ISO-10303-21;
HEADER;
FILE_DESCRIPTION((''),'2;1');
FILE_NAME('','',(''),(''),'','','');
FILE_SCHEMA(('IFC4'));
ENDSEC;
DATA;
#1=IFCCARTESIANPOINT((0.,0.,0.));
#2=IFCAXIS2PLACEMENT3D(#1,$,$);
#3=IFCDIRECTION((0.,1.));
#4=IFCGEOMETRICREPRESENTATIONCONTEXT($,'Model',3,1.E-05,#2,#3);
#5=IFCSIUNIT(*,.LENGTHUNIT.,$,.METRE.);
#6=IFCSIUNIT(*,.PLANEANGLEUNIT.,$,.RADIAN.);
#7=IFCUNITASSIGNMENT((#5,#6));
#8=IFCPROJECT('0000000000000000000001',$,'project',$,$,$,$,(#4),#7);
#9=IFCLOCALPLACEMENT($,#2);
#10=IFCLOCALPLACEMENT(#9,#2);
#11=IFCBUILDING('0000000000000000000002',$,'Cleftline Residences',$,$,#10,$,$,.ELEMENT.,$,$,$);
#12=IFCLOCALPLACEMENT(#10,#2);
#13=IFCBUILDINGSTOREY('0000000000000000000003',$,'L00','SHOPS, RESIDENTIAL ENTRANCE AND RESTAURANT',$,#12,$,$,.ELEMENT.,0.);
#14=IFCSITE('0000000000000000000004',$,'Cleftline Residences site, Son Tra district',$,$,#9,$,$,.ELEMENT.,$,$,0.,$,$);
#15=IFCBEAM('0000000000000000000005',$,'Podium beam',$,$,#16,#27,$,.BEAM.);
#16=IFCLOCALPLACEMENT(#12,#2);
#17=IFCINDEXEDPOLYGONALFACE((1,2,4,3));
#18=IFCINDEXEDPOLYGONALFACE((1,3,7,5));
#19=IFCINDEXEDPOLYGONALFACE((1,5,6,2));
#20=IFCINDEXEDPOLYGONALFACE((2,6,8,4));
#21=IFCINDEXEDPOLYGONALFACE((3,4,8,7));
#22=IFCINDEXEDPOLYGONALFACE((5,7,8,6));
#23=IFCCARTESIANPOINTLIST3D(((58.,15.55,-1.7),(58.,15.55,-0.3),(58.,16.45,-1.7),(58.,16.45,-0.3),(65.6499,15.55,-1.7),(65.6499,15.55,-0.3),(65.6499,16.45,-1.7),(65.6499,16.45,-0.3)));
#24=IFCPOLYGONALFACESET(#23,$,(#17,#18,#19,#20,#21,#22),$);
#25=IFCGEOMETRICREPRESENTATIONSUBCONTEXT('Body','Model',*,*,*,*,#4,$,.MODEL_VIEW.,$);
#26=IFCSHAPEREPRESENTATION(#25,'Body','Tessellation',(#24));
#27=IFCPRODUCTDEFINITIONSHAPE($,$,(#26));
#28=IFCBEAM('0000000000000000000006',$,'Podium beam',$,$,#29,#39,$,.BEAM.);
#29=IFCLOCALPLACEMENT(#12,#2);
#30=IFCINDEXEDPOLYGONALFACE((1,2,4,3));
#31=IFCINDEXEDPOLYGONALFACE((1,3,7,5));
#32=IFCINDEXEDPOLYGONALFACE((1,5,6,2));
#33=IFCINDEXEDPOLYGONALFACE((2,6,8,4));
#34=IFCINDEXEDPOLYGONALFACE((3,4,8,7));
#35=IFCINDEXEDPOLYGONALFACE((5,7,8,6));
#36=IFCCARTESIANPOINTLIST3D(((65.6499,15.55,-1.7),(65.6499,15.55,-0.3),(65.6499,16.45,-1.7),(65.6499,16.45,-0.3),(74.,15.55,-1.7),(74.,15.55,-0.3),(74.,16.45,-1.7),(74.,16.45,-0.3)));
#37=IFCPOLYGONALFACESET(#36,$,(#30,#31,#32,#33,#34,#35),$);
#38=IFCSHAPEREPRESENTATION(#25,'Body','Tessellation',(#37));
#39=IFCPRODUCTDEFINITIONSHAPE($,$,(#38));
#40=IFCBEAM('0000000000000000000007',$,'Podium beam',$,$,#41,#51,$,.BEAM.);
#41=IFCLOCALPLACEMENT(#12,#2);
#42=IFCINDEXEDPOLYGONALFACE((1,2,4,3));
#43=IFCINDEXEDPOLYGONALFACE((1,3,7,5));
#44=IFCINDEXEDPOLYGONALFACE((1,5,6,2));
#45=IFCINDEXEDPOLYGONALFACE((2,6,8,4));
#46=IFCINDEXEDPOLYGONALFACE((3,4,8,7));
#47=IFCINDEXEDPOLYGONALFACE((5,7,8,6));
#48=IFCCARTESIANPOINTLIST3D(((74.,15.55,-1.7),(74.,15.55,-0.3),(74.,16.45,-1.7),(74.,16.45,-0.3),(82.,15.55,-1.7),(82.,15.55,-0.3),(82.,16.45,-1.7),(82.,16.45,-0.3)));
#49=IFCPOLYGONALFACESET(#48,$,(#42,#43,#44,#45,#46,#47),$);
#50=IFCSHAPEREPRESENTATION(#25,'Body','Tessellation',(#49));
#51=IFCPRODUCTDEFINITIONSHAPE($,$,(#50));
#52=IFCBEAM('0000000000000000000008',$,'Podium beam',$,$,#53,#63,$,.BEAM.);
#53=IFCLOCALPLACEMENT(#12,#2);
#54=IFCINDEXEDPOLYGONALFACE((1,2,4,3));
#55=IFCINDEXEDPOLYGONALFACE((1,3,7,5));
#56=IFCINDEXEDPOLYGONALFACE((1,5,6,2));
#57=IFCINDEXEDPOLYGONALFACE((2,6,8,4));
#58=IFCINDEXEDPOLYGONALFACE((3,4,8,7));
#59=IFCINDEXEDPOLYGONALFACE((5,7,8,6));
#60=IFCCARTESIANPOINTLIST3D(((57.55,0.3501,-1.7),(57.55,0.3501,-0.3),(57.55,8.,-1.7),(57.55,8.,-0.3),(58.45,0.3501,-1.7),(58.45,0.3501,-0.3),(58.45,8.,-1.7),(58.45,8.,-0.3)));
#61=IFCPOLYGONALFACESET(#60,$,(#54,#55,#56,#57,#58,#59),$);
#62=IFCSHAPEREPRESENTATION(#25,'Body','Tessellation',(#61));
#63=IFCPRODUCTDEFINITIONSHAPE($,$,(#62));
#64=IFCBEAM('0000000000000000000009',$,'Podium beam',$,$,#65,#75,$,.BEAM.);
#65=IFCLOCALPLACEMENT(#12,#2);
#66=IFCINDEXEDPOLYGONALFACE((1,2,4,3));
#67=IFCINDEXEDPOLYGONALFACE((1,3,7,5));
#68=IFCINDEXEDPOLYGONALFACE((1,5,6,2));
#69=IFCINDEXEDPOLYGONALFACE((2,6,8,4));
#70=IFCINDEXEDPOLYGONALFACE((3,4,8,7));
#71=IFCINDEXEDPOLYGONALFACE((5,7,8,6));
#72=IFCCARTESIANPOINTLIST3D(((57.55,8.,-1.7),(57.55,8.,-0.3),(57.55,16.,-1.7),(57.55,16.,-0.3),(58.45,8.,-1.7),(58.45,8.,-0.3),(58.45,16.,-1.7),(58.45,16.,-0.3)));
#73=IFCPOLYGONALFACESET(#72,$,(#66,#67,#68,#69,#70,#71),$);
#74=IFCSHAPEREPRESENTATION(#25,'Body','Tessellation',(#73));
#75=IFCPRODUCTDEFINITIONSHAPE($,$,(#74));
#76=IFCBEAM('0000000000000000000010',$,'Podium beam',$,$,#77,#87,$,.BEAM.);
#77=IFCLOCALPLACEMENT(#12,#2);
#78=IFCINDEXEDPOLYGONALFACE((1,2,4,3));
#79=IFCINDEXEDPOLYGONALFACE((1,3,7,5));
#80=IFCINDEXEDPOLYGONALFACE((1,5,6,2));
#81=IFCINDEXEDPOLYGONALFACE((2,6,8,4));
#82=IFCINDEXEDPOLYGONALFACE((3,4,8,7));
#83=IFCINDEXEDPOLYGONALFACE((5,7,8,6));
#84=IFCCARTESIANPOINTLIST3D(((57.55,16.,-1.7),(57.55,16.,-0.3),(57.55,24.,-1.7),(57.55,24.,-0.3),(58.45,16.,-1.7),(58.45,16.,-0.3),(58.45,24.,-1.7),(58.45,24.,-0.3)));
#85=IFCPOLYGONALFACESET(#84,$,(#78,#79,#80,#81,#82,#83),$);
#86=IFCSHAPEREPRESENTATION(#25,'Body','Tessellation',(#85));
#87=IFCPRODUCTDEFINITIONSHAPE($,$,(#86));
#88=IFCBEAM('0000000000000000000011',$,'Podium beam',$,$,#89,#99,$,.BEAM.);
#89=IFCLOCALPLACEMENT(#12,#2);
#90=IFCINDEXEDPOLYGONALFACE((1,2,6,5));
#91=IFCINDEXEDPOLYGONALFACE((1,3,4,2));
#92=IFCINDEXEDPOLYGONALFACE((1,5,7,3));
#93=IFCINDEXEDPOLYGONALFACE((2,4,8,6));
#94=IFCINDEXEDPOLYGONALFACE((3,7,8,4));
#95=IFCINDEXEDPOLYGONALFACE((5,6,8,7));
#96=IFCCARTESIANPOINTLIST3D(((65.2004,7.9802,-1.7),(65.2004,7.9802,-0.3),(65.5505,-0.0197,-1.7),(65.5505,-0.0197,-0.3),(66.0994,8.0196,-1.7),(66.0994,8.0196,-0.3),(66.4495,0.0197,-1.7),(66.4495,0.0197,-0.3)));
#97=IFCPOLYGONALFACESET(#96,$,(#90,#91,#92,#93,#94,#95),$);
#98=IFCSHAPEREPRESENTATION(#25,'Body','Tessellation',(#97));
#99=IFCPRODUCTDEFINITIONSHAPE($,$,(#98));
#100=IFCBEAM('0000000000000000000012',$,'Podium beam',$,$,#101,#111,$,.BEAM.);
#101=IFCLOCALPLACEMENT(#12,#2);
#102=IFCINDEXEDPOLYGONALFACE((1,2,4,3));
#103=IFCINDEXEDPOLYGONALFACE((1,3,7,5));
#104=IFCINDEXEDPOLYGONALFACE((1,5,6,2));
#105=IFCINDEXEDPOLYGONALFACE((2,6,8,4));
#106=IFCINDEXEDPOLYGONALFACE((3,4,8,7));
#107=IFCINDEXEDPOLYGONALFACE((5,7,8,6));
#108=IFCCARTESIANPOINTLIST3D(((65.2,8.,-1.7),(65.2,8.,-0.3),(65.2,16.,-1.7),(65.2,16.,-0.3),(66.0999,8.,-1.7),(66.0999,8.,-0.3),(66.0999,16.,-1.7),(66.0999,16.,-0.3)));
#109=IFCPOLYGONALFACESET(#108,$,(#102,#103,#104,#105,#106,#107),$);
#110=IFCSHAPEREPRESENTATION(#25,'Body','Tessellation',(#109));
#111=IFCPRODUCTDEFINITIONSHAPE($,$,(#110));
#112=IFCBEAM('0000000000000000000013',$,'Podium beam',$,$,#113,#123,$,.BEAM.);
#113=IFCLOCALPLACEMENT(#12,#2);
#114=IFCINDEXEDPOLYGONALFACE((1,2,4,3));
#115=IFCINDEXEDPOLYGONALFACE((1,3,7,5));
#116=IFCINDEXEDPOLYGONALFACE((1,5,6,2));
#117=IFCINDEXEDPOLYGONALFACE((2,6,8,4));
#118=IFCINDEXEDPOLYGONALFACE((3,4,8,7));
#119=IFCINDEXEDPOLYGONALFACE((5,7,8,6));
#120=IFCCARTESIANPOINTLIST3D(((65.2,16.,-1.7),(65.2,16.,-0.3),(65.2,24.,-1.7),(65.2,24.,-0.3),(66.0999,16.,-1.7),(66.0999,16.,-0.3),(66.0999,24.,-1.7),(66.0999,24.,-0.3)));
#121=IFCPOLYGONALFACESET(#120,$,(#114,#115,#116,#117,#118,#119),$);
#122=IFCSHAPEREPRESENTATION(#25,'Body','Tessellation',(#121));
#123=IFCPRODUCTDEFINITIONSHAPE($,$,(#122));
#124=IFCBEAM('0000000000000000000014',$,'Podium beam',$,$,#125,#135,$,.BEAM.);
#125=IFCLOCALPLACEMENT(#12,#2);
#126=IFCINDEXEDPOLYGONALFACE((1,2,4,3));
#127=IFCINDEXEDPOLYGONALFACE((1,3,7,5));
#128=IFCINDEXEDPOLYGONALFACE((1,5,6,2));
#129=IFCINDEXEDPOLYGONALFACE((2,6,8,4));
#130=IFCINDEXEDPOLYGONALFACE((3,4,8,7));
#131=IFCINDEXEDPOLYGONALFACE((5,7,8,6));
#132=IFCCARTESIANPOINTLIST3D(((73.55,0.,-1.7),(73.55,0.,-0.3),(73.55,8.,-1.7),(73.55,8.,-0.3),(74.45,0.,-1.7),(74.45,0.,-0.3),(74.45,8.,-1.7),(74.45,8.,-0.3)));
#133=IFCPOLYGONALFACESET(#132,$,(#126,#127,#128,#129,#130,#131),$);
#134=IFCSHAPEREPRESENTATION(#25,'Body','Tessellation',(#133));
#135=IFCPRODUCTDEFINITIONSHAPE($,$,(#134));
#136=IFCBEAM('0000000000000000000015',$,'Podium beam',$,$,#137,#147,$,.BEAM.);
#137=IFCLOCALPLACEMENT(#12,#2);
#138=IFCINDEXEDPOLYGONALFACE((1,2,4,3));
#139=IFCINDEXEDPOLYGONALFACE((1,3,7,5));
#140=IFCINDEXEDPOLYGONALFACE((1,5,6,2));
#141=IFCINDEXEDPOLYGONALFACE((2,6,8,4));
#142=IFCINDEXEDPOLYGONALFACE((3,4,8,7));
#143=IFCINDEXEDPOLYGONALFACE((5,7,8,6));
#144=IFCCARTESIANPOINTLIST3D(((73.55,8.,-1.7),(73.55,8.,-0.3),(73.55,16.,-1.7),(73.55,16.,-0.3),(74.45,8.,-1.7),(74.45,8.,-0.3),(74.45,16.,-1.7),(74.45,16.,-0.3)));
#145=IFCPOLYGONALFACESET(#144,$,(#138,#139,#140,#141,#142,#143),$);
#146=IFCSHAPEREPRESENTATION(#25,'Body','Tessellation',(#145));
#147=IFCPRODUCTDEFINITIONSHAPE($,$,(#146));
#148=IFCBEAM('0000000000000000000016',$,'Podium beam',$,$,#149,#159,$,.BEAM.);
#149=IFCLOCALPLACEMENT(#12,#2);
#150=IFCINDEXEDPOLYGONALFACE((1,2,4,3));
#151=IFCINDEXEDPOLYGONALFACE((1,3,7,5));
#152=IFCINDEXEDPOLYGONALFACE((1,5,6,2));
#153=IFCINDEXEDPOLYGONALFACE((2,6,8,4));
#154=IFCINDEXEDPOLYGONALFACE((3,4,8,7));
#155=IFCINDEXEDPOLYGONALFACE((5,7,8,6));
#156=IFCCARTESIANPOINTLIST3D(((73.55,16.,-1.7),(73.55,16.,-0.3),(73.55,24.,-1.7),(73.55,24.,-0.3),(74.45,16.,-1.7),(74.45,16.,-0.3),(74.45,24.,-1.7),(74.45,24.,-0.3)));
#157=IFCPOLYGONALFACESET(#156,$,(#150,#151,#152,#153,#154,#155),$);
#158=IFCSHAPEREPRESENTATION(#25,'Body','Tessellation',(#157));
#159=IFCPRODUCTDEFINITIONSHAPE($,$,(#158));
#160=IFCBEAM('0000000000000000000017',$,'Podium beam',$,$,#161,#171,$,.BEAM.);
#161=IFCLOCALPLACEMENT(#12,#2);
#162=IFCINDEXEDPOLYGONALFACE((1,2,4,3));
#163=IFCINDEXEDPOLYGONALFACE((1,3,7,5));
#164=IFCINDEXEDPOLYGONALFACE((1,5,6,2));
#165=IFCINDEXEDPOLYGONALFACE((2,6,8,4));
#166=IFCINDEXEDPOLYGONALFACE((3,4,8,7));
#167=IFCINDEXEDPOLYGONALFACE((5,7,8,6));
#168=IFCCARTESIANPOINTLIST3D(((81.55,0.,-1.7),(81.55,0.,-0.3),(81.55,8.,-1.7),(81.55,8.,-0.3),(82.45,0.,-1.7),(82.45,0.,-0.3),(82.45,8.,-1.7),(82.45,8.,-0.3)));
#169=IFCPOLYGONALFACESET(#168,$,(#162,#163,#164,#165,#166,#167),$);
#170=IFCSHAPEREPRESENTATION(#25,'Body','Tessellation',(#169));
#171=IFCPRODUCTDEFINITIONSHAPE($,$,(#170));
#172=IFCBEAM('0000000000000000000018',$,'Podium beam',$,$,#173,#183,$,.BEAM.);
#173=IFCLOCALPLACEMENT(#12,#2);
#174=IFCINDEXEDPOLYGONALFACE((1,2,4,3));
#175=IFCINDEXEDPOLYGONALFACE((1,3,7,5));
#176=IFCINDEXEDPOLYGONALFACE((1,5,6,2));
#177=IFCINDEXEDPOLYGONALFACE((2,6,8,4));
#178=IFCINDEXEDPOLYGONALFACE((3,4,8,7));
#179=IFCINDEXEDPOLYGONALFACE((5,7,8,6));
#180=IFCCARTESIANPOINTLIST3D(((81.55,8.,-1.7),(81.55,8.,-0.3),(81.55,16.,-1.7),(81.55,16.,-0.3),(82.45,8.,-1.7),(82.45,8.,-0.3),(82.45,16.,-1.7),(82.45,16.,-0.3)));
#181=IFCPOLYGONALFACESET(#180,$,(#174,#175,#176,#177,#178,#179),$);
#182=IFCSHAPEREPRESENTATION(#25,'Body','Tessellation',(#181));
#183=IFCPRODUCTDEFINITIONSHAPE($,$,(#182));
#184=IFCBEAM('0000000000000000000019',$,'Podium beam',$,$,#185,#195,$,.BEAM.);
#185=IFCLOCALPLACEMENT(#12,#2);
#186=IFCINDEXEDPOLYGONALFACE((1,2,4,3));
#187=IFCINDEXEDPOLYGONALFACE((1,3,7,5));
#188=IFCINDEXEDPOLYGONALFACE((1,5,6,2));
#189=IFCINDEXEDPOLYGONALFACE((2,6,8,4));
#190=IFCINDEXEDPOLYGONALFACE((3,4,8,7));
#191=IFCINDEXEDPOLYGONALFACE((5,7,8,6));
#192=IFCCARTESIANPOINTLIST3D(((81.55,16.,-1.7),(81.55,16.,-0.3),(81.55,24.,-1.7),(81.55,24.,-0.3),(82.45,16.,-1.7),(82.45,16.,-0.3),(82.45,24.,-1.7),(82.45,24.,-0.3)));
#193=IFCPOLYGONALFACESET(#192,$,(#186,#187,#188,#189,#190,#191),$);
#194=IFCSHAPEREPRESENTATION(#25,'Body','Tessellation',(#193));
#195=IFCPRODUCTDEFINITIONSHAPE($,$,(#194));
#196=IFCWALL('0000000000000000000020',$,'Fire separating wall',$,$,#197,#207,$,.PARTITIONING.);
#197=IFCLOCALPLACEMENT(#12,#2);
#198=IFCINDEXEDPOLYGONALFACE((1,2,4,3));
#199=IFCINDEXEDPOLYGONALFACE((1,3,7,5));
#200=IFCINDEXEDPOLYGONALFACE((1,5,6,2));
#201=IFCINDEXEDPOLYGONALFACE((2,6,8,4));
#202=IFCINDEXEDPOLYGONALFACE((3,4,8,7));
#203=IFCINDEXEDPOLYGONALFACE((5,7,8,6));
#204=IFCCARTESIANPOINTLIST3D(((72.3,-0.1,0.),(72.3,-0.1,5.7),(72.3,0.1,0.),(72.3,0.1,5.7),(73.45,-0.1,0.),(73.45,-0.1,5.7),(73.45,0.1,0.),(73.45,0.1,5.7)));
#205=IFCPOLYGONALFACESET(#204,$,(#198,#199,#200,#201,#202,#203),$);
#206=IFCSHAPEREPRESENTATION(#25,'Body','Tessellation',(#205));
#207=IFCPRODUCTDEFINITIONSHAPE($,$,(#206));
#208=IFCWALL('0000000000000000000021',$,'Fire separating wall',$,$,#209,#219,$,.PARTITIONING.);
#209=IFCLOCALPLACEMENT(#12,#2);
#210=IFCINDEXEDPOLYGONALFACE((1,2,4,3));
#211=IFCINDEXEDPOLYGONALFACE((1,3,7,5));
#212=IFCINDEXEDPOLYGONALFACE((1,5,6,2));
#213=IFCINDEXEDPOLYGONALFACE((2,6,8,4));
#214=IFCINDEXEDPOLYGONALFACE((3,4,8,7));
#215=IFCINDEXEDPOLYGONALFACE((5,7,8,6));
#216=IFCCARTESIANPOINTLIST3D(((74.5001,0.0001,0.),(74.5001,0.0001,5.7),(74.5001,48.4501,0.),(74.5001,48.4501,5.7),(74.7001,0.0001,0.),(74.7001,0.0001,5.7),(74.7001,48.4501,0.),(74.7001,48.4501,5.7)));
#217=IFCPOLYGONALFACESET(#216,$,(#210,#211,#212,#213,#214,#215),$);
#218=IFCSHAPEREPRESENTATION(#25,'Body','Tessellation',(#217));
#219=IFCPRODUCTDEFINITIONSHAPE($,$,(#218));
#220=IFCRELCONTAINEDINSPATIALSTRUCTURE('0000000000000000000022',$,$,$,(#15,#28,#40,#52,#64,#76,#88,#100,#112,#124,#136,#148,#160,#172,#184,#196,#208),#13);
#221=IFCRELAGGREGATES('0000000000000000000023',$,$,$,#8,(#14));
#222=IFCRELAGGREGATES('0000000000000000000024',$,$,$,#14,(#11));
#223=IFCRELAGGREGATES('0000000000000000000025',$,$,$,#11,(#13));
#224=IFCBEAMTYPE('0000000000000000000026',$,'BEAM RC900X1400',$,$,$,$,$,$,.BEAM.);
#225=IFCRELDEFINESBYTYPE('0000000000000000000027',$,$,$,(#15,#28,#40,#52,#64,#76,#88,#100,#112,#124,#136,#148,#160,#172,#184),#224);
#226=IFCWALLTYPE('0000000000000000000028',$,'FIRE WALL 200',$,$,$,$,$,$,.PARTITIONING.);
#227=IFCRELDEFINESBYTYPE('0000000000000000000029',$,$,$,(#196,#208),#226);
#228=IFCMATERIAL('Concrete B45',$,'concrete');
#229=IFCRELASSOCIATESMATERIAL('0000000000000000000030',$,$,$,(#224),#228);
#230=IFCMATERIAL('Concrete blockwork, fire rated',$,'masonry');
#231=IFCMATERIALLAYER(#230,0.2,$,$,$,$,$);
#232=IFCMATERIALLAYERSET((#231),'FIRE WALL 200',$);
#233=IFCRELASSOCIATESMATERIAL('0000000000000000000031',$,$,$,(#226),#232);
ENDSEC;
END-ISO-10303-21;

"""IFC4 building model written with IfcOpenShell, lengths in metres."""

from ifc_helpers import new_model, si_unit, direction, frame, frame_2d, origin, origin_2d, place, context, subcontext, project, spatial, rectangle, extrude, material, layer, layer_set, material_profile, profile_set, type_object, element, save


model = new_model("IFC4")

# Units and contexts
model_context = context("Model", 3, precision=1e-05, world=origin(), true_north=direction((0.0, 1.0)))
body_context = subcontext(model_context, "Body", "Model", "MODEL_VIEW")
ifc_project = project(units=[si_unit("LENGTHUNIT", "METRE"), si_unit("PLANEANGLEUNIT", "RADIAN")], contexts=[model_context])

# Site, building, storey
site_placement = place(None, origin())
site = spatial("IfcSite", under=ifc_project, at=site_placement, Name="Cleftline Residences site, Son Tra district", CompositionType="ELEMENT", RefElevation=0.0)
building_placement = place(site_placement, origin())
building = spatial("IfcBuilding", under=site, at=building_placement, Name="Cleftline Residences", CompositionType="ELEMENT")
storey_placement = place(building_placement, origin())
storey = spatial("IfcBuildingStorey", under=building, at=storey_placement, Name="L00", Description="SHOPS, RESIDENTIAL ENTRANCE AND RESTAURANT", CompositionType="ELEMENT", Elevation=0.0)

# Beams
ifc_material_1 = material(Name="Concrete B45", Category="concrete")
ifc_material_profile_1 = material_profile(ifc_material_1, rectangle(XDim=0.8999, YDim=1.3999, at=origin_2d()))
ifc_profile_set_1 = profile_set([ifc_material_profile_1], Name="Concrete B45")
beam_type = type_object("IfcBeamType", Name="BEAM RC900X1400", PredefinedType="BEAM", material=ifc_profile_set_1)
beam_1_placement = place(storey_placement, frame((58.0, 16.0, -1.0), z_axis=(1.0, 0.0, 0.0), x_axis=(0.0, 1.0, 0.0)))
element("IfcBeam", 1, at=beam_1_placement, inside=storey, type_object=beam_type, Name="Podium beam", PredefinedType="BEAM", context=body_context, shape_type="SweptSolid", body=[
    extrude(rectangle(XDim=0.8999, YDim=1.3999, at=origin_2d()), origin(), (0.0, 0.0, 1.0), 7.6499),
])
beam_2_placement = place(storey_placement, frame((65.6499, 16.0, -1.0), z_axis=(1.0, 0.0, 0.0), x_axis=(0.0, 1.0, 0.0)))
element("IfcBeam", 2, at=beam_2_placement, inside=storey, type_object=beam_type, Name="Podium beam", PredefinedType="BEAM", context=body_context, shape_type="SweptSolid", body=[
    extrude(rectangle(XDim=0.8999, YDim=1.3999, at=origin_2d()), origin(), (0.0, 0.0, 1.0), 8.3501),
])
beam_3_placement = place(storey_placement, frame((74.0, 16.0, -1.0), z_axis=(1.0, 0.0, 0.0), x_axis=(0.0, 1.0, 0.0)))
element("IfcBeam", 3, at=beam_3_placement, inside=storey, type_object=beam_type, Name="Podium beam", PredefinedType="BEAM", context=body_context, shape_type="SweptSolid", body=[
    extrude(rectangle(XDim=0.8999, YDim=1.3999, at=origin_2d()), origin(), (0.0, 0.0, 1.0), 8.0),
])
beam_4_placement = place(storey_placement, frame((58.0, 0.3501, -1.0), z_axis=(0.0, 1.0, 0.0), x_axis=(-1.0, 0.0, 0.0)))
element("IfcBeam", 4, at=beam_4_placement, inside=storey, type_object=beam_type, Name="Podium beam", PredefinedType="BEAM", context=body_context, shape_type="SweptSolid", body=[
    extrude(rectangle(XDim=0.8999, YDim=1.3999, at=origin_2d()), origin(), (0.0, 0.0, 1.0), 7.6499),
])
for number, where, z_axis, x_axis, name in (
    (5, (58.0, 8.0, -1.0), (0.0, 1.0, 0.0), (-1.0, 0.0, 0.0), "Podium beam"),
    (6, (58.0, 16.0, -1.0), (0.0, 1.0, 0.0), (-1.0, 0.0, 0.0), "Podium beam"),
):
    element("IfcBeam", number, at=place(storey_placement, frame(where, z_axis=z_axis, x_axis=x_axis)), inside=storey, type_object=beam_type, Name=name, PredefinedType="BEAM", context=body_context, shape_type="SweptSolid", body=[
        extrude(rectangle(XDim=0.8999, YDim=1.3999, at=origin_2d()), origin(), (0.0, 0.0, 1.0), 8.0),
    ])
beam_5_placement = place(storey_placement, frame((66.0, 0.0, -1.0), z_axis=(-0.04372, 0.999044, 0.0), x_axis=(-0.999044, -0.04372, 0.0)))
element("IfcBeam", 7, at=beam_5_placement, inside=storey, type_object=beam_type, Name="Podium beam", PredefinedType="BEAM", context=body_context, shape_type="SweptSolid", body=[
    extrude(rectangle(XDim=0.8999, YDim=1.3999, at=origin_2d()), origin(), (0.0, 0.0, 1.0), 8.0076),
])
for number, where, z_axis, x_axis, name in (
    (8, (65.6499, 8.0, -1.0), (0.0, 1.0, 0.0), (-1.0, 0.0, 0.0), "Podium beam"),
    (9, (65.6499, 16.0, -1.0), (0.0, 1.0, 0.0), (-1.0, 0.0, 0.0), "Podium beam"),
    (10, (74.0, 0.0, -1.0), (0.0, 1.0, 0.0), (-1.0, 0.0, 0.0), "Podium beam"),
    (11, (74.0, 8.0, -1.0), (0.0, 1.0, 0.0), (-1.0, 0.0, 0.0), "Podium beam"),
    (12, (74.0, 16.0, -1.0), (0.0, 1.0, 0.0), (-1.0, 0.0, 0.0), "Podium beam"),
    (13, (82.0, 0.0, -1.0), (0.0, 1.0, 0.0), (-1.0, 0.0, 0.0), "Podium beam"),
    (14, (82.0, 8.0, -1.0), (0.0, 1.0, 0.0), (-1.0, 0.0, 0.0), "Podium beam"),
    (15, (82.0, 16.0, -1.0), (0.0, 1.0, 0.0), (-1.0, 0.0, 0.0), "Podium beam"),
):
    element("IfcBeam", number, at=place(storey_placement, frame(where, z_axis=z_axis, x_axis=x_axis)), inside=storey, type_object=beam_type, Name=name, PredefinedType="BEAM", context=body_context, shape_type="SweptSolid", body=[
        extrude(rectangle(XDim=0.8999, YDim=1.3999, at=origin_2d()), origin(), (0.0, 0.0, 1.0), 8.0),
    ])

# Walls
ifc_material_2 = material(Name="Concrete blockwork, fire rated", Category="masonry")
ifc_layer_1 = layer(ifc_material_2, 0.2)
ifc_layer_set_1 = layer_set([ifc_layer_1], Name="FIRE WALL 200")
wall_type_1 = type_object("IfcWallType", Name="FIRE WALL 200", PredefinedType="PARTITIONING", material=ifc_layer_set_1)
wall_1_placement = place(storey_placement, frame((72.3, 0.0, 0.0), z_axis=(0.0, 0.0, 1.0), x_axis=(1.0, 0.0, 0.0)))
element("IfcWall", 16, at=wall_1_placement, inside=storey, type_object=wall_type_1, Name="Fire separating wall", PredefinedType="PARTITIONING", context=body_context, shape_type="SweptSolid", body=[
    extrude(rectangle(XDim=1.1499, YDim=0.2, at=frame_2d((0.575, 0.0))), origin(), (0.0, 0.0, 1.0), 5.7),
])
wall_2_placement = place(storey_placement, frame((74.6001, 0.0, 0.0), z_axis=(0.0, 0.0, 1.0), x_axis=(0.0, 1.0, 0.0)))
element("IfcWall", 17, at=wall_2_placement, inside=storey, type_object=wall_type_1, Name="Fire separating wall", PredefinedType="PARTITIONING", context=body_context, shape_type="SweptSolid", body=[
    extrude(rectangle(XDim=48.45, YDim=0.2, at=frame_2d((24.2251, 0.0))), origin(), (0.0, 0.0, 1.0), 5.7),
])

save(model, "model.ifc")
